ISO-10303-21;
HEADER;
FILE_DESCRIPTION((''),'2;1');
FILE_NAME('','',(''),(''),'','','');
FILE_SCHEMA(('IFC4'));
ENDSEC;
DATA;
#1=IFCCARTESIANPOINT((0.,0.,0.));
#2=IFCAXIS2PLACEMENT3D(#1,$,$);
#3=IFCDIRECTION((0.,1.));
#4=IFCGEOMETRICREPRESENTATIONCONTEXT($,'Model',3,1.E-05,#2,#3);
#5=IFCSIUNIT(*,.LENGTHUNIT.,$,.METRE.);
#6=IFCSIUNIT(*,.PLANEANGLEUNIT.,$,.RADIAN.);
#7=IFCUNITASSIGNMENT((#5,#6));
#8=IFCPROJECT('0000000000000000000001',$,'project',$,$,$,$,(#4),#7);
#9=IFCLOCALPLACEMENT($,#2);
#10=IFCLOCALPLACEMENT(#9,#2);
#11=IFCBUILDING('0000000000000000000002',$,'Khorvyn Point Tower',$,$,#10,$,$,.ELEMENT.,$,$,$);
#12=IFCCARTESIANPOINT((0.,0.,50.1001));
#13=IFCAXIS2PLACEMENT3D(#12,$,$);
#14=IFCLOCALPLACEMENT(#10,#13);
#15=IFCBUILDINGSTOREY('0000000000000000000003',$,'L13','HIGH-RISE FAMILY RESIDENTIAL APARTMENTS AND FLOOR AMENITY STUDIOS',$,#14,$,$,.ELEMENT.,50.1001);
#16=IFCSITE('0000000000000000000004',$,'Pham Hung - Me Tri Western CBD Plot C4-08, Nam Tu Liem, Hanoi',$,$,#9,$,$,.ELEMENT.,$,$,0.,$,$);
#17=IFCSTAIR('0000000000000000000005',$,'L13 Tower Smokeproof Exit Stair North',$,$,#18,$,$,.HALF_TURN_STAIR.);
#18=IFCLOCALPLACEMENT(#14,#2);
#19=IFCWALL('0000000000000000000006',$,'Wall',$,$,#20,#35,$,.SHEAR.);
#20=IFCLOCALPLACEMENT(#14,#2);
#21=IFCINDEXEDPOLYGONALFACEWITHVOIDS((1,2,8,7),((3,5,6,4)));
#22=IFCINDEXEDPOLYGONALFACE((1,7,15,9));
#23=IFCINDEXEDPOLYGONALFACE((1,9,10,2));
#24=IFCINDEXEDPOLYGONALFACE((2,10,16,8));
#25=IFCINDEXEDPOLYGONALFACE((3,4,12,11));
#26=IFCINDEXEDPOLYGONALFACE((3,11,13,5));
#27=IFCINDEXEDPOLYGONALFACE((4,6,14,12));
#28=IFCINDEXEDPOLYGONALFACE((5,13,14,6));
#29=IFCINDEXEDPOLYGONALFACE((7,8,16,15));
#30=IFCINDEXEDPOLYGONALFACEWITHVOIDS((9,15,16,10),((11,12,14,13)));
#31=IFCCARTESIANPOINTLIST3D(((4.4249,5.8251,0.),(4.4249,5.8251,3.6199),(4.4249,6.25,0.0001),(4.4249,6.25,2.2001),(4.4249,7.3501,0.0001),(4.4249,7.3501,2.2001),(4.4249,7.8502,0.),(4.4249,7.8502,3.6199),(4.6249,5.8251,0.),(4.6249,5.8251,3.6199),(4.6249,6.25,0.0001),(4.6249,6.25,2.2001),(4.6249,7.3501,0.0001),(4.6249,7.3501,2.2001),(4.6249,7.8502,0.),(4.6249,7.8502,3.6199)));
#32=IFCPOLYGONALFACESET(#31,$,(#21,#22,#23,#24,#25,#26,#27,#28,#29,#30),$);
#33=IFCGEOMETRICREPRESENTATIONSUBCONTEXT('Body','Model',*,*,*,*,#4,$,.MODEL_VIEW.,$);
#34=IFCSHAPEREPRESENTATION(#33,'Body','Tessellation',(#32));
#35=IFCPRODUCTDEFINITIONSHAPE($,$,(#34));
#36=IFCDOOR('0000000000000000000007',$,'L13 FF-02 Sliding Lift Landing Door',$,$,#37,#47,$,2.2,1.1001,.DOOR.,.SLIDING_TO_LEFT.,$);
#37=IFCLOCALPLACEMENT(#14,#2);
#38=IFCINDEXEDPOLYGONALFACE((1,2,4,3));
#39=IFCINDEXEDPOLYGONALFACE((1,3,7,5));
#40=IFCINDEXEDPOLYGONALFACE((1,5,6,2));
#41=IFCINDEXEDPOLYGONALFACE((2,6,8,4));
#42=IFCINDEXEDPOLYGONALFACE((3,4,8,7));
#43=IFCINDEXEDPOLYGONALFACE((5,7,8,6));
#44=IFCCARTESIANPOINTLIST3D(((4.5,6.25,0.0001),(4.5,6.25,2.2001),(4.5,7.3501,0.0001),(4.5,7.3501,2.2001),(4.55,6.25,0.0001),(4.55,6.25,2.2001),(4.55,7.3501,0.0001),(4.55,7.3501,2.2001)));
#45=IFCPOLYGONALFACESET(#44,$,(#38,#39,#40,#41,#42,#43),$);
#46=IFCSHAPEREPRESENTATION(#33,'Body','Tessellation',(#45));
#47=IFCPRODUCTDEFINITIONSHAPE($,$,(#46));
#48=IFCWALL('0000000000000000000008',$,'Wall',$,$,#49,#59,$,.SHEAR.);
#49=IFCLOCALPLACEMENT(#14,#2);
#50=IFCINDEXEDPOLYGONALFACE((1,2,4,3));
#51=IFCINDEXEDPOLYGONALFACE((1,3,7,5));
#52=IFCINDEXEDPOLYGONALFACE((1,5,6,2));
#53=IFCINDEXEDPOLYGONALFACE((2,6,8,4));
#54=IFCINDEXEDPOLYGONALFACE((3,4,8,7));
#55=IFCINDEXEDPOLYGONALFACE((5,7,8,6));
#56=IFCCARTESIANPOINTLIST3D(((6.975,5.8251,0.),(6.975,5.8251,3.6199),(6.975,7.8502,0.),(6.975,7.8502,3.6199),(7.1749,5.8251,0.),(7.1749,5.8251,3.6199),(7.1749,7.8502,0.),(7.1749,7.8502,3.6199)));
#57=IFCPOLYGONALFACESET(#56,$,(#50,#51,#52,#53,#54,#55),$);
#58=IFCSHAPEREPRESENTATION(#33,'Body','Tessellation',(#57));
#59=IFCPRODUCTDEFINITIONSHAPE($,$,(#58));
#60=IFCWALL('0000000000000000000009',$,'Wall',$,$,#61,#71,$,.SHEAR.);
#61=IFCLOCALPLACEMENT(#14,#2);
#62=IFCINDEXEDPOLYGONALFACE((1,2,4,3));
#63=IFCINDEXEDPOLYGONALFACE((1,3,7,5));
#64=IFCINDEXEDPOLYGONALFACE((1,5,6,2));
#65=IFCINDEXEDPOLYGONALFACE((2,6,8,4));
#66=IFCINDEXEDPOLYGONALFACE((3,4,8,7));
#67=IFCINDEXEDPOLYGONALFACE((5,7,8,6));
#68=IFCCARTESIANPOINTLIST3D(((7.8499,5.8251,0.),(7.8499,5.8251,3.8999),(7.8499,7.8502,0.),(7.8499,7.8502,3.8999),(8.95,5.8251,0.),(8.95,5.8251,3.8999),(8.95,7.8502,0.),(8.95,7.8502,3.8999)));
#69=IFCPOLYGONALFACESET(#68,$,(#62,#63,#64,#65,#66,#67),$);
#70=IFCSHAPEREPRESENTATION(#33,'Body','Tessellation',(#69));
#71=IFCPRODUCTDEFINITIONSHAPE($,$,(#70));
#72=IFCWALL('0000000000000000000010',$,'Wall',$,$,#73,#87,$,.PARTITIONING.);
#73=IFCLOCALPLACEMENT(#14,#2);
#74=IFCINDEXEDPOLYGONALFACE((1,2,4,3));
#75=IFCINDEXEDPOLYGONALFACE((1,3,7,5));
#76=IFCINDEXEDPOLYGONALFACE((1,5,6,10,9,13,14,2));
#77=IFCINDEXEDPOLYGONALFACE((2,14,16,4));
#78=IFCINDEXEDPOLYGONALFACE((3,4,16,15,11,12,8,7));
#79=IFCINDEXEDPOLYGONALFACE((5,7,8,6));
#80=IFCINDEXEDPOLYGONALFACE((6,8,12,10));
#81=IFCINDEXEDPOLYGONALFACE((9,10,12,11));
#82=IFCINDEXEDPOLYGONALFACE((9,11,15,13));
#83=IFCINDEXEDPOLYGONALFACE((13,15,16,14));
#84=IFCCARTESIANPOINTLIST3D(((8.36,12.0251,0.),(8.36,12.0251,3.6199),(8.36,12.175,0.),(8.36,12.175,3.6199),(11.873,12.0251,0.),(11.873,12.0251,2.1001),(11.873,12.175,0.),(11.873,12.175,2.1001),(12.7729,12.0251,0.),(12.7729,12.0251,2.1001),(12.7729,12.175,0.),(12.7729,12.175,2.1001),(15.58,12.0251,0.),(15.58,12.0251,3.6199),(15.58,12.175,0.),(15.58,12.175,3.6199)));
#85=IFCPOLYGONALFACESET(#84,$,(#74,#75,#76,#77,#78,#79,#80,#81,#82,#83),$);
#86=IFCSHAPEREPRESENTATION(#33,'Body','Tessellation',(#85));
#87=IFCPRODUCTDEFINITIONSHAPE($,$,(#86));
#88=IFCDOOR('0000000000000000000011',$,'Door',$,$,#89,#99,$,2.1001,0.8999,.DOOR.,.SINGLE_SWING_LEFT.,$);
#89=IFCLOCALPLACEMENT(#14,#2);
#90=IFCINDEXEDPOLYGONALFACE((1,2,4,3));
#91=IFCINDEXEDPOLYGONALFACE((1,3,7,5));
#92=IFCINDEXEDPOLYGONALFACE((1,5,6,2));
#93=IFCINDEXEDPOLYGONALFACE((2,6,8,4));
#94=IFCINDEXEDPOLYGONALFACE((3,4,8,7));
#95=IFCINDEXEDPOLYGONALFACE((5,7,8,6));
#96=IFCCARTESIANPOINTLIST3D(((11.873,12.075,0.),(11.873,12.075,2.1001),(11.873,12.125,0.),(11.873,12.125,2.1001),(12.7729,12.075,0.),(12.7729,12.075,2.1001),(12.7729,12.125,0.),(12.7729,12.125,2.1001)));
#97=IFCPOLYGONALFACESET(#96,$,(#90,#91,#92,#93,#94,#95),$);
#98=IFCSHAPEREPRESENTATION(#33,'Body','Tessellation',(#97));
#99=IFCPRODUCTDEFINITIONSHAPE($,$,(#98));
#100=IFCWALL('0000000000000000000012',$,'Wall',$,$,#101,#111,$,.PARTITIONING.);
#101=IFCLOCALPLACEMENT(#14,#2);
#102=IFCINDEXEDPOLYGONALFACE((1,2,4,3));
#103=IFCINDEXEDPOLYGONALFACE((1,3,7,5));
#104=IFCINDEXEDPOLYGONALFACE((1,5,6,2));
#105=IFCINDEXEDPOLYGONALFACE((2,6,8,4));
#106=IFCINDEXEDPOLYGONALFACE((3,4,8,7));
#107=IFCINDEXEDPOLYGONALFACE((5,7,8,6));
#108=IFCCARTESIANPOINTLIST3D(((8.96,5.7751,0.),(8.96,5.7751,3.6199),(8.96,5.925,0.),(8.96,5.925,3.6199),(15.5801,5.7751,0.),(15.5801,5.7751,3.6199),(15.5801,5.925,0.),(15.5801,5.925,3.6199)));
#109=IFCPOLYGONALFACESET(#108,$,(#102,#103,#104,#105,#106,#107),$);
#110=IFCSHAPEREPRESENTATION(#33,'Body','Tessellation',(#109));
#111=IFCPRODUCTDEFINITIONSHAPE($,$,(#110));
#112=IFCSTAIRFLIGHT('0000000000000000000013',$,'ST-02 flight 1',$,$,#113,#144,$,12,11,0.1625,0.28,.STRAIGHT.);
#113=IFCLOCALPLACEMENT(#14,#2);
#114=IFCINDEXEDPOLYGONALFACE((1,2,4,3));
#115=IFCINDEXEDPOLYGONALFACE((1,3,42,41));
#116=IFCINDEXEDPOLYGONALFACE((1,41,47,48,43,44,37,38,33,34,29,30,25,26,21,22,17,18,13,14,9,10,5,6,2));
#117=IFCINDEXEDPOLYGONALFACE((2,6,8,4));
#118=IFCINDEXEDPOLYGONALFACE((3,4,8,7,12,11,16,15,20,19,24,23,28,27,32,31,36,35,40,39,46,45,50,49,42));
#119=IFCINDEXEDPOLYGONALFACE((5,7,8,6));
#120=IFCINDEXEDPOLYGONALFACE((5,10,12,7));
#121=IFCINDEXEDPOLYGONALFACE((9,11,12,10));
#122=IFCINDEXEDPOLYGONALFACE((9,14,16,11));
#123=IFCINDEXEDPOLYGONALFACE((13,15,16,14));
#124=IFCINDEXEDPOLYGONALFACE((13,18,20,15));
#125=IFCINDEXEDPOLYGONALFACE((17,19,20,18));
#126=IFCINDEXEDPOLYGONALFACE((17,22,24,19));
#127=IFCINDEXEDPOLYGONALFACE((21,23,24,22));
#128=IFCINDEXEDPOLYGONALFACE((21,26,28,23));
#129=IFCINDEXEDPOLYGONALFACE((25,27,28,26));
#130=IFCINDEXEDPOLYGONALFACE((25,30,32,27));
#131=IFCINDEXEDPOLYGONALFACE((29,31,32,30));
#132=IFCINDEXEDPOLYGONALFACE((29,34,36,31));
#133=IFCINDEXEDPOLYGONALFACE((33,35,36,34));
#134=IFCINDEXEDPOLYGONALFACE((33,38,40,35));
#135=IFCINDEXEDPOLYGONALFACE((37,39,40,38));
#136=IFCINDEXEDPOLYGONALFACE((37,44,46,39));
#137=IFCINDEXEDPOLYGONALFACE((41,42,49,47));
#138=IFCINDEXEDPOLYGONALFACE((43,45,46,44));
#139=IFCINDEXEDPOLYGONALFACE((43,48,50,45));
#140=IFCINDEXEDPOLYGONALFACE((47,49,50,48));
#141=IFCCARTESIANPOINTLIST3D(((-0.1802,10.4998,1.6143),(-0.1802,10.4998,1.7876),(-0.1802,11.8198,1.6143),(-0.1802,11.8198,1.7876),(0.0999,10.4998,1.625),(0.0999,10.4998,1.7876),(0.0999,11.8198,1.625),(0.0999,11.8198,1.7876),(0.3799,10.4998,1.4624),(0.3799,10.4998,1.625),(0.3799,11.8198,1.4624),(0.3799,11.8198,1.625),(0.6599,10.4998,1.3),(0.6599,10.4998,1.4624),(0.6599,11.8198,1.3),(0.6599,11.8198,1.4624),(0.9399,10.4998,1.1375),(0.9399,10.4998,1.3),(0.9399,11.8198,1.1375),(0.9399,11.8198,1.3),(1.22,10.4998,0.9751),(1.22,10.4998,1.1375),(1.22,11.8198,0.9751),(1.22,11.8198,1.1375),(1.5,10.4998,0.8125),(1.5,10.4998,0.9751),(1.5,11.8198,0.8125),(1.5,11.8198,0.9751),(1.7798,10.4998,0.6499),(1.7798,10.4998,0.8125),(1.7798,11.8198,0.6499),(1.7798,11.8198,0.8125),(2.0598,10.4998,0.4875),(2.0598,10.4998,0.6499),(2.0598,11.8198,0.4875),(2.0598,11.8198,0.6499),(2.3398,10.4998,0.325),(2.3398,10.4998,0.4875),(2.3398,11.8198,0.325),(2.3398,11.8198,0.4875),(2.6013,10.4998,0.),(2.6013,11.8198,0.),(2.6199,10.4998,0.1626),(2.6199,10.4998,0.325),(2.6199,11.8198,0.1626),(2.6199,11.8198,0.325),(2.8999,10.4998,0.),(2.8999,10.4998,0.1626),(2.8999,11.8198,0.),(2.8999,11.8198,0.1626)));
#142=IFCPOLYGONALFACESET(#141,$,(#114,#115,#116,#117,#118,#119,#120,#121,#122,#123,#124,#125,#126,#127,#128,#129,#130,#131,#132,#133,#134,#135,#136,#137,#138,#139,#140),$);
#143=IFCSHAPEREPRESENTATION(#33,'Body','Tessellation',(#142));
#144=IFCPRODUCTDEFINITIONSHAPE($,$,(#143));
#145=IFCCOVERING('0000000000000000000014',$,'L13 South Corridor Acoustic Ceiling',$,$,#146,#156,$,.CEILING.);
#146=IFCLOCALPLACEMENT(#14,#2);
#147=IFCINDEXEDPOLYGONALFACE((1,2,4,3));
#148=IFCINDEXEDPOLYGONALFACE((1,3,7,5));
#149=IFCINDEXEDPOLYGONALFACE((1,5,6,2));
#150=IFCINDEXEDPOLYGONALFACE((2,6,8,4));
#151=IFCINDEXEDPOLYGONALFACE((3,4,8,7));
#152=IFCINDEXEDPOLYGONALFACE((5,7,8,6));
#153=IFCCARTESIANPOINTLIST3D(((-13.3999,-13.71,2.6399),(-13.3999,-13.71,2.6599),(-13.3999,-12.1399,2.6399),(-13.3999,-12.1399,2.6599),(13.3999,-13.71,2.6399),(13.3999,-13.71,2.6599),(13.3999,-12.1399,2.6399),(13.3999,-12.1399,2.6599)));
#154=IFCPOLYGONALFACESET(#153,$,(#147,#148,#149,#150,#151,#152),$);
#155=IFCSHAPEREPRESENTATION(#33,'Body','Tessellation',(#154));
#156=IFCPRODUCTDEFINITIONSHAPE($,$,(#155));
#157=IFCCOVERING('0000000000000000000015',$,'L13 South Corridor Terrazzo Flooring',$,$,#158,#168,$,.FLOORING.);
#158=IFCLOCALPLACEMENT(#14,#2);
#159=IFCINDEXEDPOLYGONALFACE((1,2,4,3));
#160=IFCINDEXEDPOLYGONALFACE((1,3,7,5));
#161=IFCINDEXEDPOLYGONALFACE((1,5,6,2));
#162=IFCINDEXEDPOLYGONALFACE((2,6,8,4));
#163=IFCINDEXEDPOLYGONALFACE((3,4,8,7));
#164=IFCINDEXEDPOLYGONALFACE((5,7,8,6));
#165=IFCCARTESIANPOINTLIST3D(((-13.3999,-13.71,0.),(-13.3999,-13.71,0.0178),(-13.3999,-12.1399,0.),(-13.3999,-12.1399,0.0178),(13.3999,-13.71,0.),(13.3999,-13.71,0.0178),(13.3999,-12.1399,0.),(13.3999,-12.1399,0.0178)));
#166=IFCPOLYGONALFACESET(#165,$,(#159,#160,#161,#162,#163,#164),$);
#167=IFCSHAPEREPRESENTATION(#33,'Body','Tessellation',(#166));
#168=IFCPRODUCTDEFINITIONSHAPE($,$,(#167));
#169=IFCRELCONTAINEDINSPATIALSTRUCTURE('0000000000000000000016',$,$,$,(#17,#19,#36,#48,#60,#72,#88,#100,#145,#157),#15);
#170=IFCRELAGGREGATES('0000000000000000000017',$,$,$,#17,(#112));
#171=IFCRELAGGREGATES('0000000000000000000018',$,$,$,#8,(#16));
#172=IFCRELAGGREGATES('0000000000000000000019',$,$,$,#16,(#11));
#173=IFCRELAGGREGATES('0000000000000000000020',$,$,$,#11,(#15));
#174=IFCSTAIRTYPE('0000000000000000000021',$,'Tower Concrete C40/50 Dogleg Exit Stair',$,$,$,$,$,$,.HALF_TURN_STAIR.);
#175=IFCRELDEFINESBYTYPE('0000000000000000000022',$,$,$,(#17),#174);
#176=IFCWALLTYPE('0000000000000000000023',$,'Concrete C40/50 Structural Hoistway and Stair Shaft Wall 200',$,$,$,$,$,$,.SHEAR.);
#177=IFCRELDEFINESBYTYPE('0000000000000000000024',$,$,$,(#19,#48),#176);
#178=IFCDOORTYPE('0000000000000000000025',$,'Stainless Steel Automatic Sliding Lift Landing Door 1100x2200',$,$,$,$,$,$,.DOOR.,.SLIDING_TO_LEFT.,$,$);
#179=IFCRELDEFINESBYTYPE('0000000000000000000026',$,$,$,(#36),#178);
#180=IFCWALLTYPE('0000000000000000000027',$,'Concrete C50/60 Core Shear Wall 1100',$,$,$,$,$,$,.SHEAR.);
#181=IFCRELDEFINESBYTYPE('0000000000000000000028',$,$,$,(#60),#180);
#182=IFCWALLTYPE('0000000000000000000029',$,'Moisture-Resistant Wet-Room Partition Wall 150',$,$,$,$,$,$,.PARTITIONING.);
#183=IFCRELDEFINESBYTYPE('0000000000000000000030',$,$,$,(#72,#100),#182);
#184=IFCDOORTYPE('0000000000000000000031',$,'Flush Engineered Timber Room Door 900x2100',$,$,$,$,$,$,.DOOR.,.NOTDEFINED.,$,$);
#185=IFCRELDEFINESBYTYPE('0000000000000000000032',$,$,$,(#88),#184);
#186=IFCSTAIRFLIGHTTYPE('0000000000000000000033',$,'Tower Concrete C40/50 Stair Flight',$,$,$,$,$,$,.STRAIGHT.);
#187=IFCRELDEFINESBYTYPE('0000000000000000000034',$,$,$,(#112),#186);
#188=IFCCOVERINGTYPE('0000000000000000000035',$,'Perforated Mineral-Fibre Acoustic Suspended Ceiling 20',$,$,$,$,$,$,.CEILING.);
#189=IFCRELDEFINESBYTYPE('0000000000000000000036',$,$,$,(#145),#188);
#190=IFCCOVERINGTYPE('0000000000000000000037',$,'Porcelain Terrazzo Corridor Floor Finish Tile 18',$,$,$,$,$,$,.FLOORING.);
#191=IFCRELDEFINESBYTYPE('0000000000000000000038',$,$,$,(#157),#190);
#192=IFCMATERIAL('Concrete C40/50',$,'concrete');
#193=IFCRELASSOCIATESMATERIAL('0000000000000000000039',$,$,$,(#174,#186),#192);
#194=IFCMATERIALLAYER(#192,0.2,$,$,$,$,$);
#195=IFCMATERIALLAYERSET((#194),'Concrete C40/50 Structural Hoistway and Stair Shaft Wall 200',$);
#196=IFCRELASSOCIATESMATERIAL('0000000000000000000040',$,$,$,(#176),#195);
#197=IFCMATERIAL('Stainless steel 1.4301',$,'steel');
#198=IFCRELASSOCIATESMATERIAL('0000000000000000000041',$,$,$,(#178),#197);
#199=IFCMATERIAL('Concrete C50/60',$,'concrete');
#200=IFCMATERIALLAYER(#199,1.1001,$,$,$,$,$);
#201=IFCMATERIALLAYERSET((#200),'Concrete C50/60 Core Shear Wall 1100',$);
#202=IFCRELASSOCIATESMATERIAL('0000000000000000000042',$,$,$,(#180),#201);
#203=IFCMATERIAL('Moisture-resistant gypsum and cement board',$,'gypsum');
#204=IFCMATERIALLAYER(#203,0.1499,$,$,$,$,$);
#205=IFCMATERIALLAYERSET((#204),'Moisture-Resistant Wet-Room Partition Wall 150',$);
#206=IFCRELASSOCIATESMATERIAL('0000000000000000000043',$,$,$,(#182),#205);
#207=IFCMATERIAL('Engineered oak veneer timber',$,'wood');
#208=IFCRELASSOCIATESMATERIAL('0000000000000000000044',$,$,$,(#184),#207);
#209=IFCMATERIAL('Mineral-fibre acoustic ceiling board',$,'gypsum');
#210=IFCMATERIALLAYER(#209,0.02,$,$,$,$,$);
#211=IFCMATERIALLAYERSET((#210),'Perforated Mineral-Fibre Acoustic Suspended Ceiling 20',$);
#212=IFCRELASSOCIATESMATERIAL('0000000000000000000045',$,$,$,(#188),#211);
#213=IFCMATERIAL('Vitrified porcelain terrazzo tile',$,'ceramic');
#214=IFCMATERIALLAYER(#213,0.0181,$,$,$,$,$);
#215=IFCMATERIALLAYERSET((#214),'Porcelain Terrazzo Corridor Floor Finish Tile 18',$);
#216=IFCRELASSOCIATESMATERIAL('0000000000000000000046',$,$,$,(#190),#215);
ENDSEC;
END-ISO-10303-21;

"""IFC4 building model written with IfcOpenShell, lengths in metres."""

from ifc_helpers import new_model, si_unit, direction, frame, frame_2d, origin, place, context, subcontext, project, spatial, polyline, rectangle, outline, extrude, material, layer, layer_set, type_object, element, fill, aggregate, save


model = new_model("IFC4")

# Units and contexts
model_context = context("Model", 3, precision=1e-05, world=origin(), true_north=direction((0.0, 1.0)))
body_context = subcontext(model_context, "Body", "Model", "MODEL_VIEW")
ifc_project = project(units=[si_unit("LENGTHUNIT", "METRE"), si_unit("PLANEANGLEUNIT", "RADIAN")], contexts=[model_context])

# Site, building, storey
site_placement = place(None, origin())
site = spatial("IfcSite", under=ifc_project, at=site_placement, Name="Pham Hung - Me Tri Western CBD Plot C4-08, Nam Tu Liem, Hanoi", CompositionType="ELEMENT", RefElevation=0.0)
building_placement = place(site_placement, origin())
building = spatial("IfcBuilding", under=site, at=building_placement, Name="Khorvyn Point Tower", CompositionType="ELEMENT")
storey_placement = place(building_placement, frame((0.0, 0.0, 50.1001)))
storey = spatial("IfcBuildingStorey", under=building, at=storey_placement, Name="L13", Description="HIGH-RISE FAMILY RESIDENTIAL APARTMENTS AND FLOOR AMENITY STUDIOS", CompositionType="ELEMENT", Elevation=50.1001)

# Shared definitions
ifc_material_1 = material(Name="Concrete C40/50", Category="concrete")

# Stair
stair_type = type_object("IfcStairType", Name="Tower Concrete C40/50 Dogleg Exit Stair", PredefinedType="HALF_TURN_STAIR", material=ifc_material_1)
stair_1_placement = place(storey_placement, origin())
stair_1 = element("IfcStair", 1, at=stair_1_placement, inside=storey, type_object=stair_type, Name="L13 Tower Smokeproof Exit Stair North", PredefinedType="HALF_TURN_STAIR")

# Wall, opening, door
ifc_layer_1 = layer(ifc_material_1, 0.2)
ifc_layer_set_1 = layer_set([ifc_layer_1], Name="Concrete C40/50 Structural Hoistway and Stair Shaft Wall 200")
wall_type_1 = type_object("IfcWallType", Name="Concrete C40/50 Structural Hoistway and Stair Shaft Wall 200", PredefinedType="SHEAR", material=ifc_layer_set_1)
ifc_material_2 = material(Name="Stainless steel 1.4301", Category="steel")
door_type_1 = type_object("IfcDoorType", Name="Stainless Steel Automatic Sliding Lift Landing Door 1100x2200", OperationType="SLIDING_TO_LEFT", PredefinedType="DOOR", material=ifc_material_2)
wall_1_placement = place(storey_placement, frame((4.5249, 5.825, 0.0), z_axis=(0.0, 0.0, 1.0), x_axis=(0.0, 1.0, 0.0)))
wall_1 = element("IfcWall", 2, at=wall_1_placement, inside=storey, type_object=wall_type_1, Name="Wall", PredefinedType="SHEAR", context=body_context, shape_type="SweptSolid", body=[
    extrude(rectangle(XDim=2.0251, YDim=0.2, at=frame_2d((1.0127, 0.0))), origin(), (0.0, 0.0, 1.0), 3.6199),
])
opening_1_placement = place(wall_1_placement, frame((0.425, 0.0, 0.0)))
opening_1 = element("IfcOpeningElement", 3, at=opening_1_placement, cuts=wall_1, PredefinedType="OPENING", context=body_context, shape_type="SweptSolid", body=[
    extrude(rectangle(XDim=1.1001, YDim=2.2, at=frame_2d((0.55, 1.1001))), frame((0.0, 0.1099, 0.0), z_axis=(0.0, -1.0, 0.0), x_axis=(1.0, 0.0, 0.0)), (0.0, 0.0, 1.0), 0.22),
])
door_1_placement = place(opening_1_placement, origin())
door_1 = element("IfcDoor", 4, at=door_1_placement, inside=storey, type_object=door_type_1, Name="L13 FF-02 Sliding Lift Landing Door", OperationType="SLIDING_TO_LEFT", OverallHeight=2.2, OverallWidth=1.1001, PredefinedType="DOOR", context=body_context, shape_type="SweptSolid", body=[
    extrude(rectangle(XDim=1.1001, YDim=2.2, at=frame_2d((0.55, 1.1001))), frame((0.0, 0.0249, 0.0), z_axis=(0.0, -1.0, 0.0), x_axis=(1.0, 0.0, 0.0)), (0.0, 0.0, 1.0), 0.05),
])
fill(opening_1, door_1)

# Walls
wall_2_placement = place(storey_placement, frame((7.075, 5.825, 0.0), z_axis=(0.0, 0.0, 1.0), x_axis=(0.0, 1.0, 0.0)))
element("IfcWall", 5, at=wall_2_placement, inside=storey, type_object=wall_type_1, Name="Wall", PredefinedType="SHEAR", context=body_context, shape_type="SweptSolid", body=[
    extrude(rectangle(XDim=2.0251, YDim=0.2, at=frame_2d((1.0127, 0.0))), origin(), (0.0, 0.0, 1.0), 3.6199),
])
ifc_material_3 = material(Name="Concrete C50/60", Category="concrete")
ifc_layer_2 = layer(ifc_material_3, 1.1001)
ifc_layer_set_2 = layer_set([ifc_layer_2], Name="Concrete C50/60 Core Shear Wall 1100")
wall_type_2 = type_object("IfcWallType", Name="Concrete C50/60 Core Shear Wall 1100", PredefinedType="SHEAR", material=ifc_layer_set_2)
wall_3_placement = place(storey_placement, frame((8.3999, 5.825, 0.0), z_axis=(0.0, 0.0, 1.0), x_axis=(0.0, 1.0, 0.0)))
element("IfcWall", 6, at=wall_3_placement, inside=storey, type_object=wall_type_2, Name="Wall", PredefinedType="SHEAR", context=body_context, shape_type="SweptSolid", body=[
    extrude(rectangle(XDim=2.0251, YDim=1.1001, at=frame_2d((1.0127, 0.0))), origin(), (0.0, 0.0, 1.0), 3.8999),
])

# Wall, opening, door
ifc_material_4 = material(Name="Moisture-resistant gypsum and cement board", Category="gypsum")
ifc_layer_3 = layer(ifc_material_4, 0.1499)
ifc_layer_set_3 = layer_set([ifc_layer_3], Name="Moisture-Resistant Wet-Room Partition Wall 150")
wall_type_3 = type_object("IfcWallType", Name="Moisture-Resistant Wet-Room Partition Wall 150", PredefinedType="PARTITIONING", material=ifc_layer_set_3)
wall_4_placement = place(storey_placement, frame((8.3601, 12.1001, 0.0), z_axis=(0.0, 0.0, 1.0), x_axis=(1.0, 0.0, 0.0)))
wall_4 = element("IfcWall", 7, at=wall_4_placement, inside=storey, type_object=wall_type_3, Name="Wall", PredefinedType="PARTITIONING", context=body_context, shape_type="SweptSolid", body=[
    extrude(rectangle(XDim=7.22, YDim=0.1499, at=frame_2d((3.6099, 0.0))), origin(), (0.0, 0.0, 1.0), 3.6199),
])
opening_2_placement = place(wall_4_placement, frame((3.5129, 0.0, 0.0)))
opening_2 = element("IfcOpeningElement", 8, at=opening_2_placement, cuts=wall_4, PredefinedType="OPENING", context=body_context, shape_type="SweptSolid", body=[
    extrude(rectangle(XDim=0.8999, YDim=2.1001, at=frame_2d((0.45, 1.05))), frame((0.0, 0.085, 0.0), z_axis=(0.0, -1.0, 0.0), x_axis=(1.0, 0.0, 0.0)), (0.0, 0.0, 1.0), 0.1699),
])
ifc_material_5 = material(Name="Engineered oak veneer timber", Category="wood")
door_type_2 = type_object("IfcDoorType", Name="Flush Engineered Timber Room Door 900x2100", OperationType="NOTDEFINED", PredefinedType="DOOR", material=ifc_material_5)
door_2_placement = place(opening_2_placement, origin())
door_2 = element("IfcDoor", 9, at=door_2_placement, inside=storey, type_object=door_type_2, Name="Door", OperationType="SINGLE_SWING_LEFT", OverallHeight=2.1001, OverallWidth=0.8999, PredefinedType="DOOR", context=body_context, shape_type="SweptSolid", body=[
    extrude(rectangle(XDim=0.8999, YDim=2.1001, at=frame_2d((0.45, 1.05))), frame((0.0, 0.0249, 0.0), z_axis=(0.0, -1.0, 0.0), x_axis=(1.0, 0.0, 0.0)), (0.0, 0.0, 1.0), 0.05),
])
fill(opening_2, door_2)

# Wall
wall_5_placement = place(storey_placement, frame((8.96, 5.8501, 0.0), z_axis=(0.0, 0.0, 1.0), x_axis=(1.0, 0.0, 0.0)))
element("IfcWall", 10, at=wall_5_placement, inside=storey, type_object=wall_type_3, Name="Wall", PredefinedType="PARTITIONING", context=body_context, shape_type="SweptSolid", body=[
    extrude(rectangle(XDim=6.6201, YDim=0.1499, at=frame_2d((3.3101, 0.0))), origin(), (0.0, 0.0, 1.0), 3.6199),
])

# Stair flight
stair_flight_type = type_object("IfcStairFlightType", Name="Tower Concrete C40/50 Stair Flight", PredefinedType="STRAIGHT", material=ifc_material_1)
stair_flight_placement = place(storey_placement, frame((2.8999, 11.1599, 0.0), z_axis=(0.0, 0.0, 1.0), x_axis=(-1.0, 0.0, 0.0)))
stair_flight = element("IfcStairFlight", 11, at=stair_flight_placement, type_object=stair_flight_type, Name="ST-02 flight 1", NumberOfRisers=12, NumberOfTreads=11, PredefinedType="STRAIGHT", RiserHeight=0.1625, TreadLength=0.28, context=body_context, shape_type="SweptSolid", body=[
    extrude(outline(polyline([(0.0, 0.0), (0.0, 0.1626), (0.28, 0.1626), (0.28, 0.325), (0.5601, 0.325), (0.5601, 0.4875), (0.8401, 0.4875), (0.8401, 0.6499), (1.1201, 0.6499), (1.1201, 0.8125), (1.3999, 0.8125), (1.3999, 0.9751), (1.6799, 0.9751), (1.6799, 1.1375), (1.96, 1.1375), (1.96, 1.3), (2.24, 1.3), (2.24, 1.4624), (2.52, 1.4624), (2.52, 1.625), (2.8, 1.625), (2.8, 1.7876), (3.0801, 1.7876), (3.0801, 1.95), (3.0801, 1.6143), (0.2986, 0.0), (0.0, 0.0)])), frame((0.0, 0.6602, 0.0), z_axis=(0.0, -1.0, 0.0), x_axis=(1.0, 0.0, 0.0)), (0.0, 0.0, 1.0), 1.3201),
])
aggregate(stair_1, [stair_flight])

# Coverings
ifc_material_6 = material(Name="Mineral-fibre acoustic ceiling board", Category="gypsum")
ifc_layer_4 = layer(ifc_material_6, 0.02)
ifc_layer_set_4 = layer_set([ifc_layer_4], Name="Perforated Mineral-Fibre Acoustic Suspended Ceiling 20")
covering_type_1 = type_object("IfcCoveringType", Name="Perforated Mineral-Fibre Acoustic Suspended Ceiling 20", PredefinedType="CEILING", material=ifc_layer_set_4)
covering_1_placement = place(storey_placement, frame((0.0, 0.0, 2.6399)))
element("IfcCovering", 12, at=covering_1_placement, inside=storey, type_object=covering_type_1, Name="L13 South Corridor Acoustic Ceiling", PredefinedType="CEILING", context=body_context, shape_type="SweptSolid", body=[
    extrude(outline(polyline([(-13.3999, -13.71), (13.3999, -13.71), (13.3999, -12.1399), (-13.3999, -12.1399), (-13.3999, -13.71)])), origin(), (0.0, 0.0, 1.0), 0.02),
])
ifc_material_7 = material(Name="Vitrified porcelain terrazzo tile", Category="ceramic")
ifc_layer_5 = layer(ifc_material_7, 0.0181)
ifc_layer_set_5 = layer_set([ifc_layer_5], Name="Porcelain Terrazzo Corridor Floor Finish Tile 18")
covering_type_2 = type_object("IfcCoveringType", Name="Porcelain Terrazzo Corridor Floor Finish Tile 18", PredefinedType="FLOORING", material=ifc_layer_set_5)
covering_2_placement = place(storey_placement, origin())
element("IfcCovering", 13, at=covering_2_placement, inside=storey, type_object=covering_type_2, Name="L13 South Corridor Terrazzo Flooring", PredefinedType="FLOORING", context=body_context, shape_type="SweptSolid", body=[
    extrude(outline(polyline([(-13.3999, -13.71), (13.3999, -13.71), (13.3999, -12.1399), (-13.3999, -12.1399), (-13.3999, -13.71)])), origin(), (0.0, 0.0, 1.0), 0.0178),
])

save(model, "model.ifc")
